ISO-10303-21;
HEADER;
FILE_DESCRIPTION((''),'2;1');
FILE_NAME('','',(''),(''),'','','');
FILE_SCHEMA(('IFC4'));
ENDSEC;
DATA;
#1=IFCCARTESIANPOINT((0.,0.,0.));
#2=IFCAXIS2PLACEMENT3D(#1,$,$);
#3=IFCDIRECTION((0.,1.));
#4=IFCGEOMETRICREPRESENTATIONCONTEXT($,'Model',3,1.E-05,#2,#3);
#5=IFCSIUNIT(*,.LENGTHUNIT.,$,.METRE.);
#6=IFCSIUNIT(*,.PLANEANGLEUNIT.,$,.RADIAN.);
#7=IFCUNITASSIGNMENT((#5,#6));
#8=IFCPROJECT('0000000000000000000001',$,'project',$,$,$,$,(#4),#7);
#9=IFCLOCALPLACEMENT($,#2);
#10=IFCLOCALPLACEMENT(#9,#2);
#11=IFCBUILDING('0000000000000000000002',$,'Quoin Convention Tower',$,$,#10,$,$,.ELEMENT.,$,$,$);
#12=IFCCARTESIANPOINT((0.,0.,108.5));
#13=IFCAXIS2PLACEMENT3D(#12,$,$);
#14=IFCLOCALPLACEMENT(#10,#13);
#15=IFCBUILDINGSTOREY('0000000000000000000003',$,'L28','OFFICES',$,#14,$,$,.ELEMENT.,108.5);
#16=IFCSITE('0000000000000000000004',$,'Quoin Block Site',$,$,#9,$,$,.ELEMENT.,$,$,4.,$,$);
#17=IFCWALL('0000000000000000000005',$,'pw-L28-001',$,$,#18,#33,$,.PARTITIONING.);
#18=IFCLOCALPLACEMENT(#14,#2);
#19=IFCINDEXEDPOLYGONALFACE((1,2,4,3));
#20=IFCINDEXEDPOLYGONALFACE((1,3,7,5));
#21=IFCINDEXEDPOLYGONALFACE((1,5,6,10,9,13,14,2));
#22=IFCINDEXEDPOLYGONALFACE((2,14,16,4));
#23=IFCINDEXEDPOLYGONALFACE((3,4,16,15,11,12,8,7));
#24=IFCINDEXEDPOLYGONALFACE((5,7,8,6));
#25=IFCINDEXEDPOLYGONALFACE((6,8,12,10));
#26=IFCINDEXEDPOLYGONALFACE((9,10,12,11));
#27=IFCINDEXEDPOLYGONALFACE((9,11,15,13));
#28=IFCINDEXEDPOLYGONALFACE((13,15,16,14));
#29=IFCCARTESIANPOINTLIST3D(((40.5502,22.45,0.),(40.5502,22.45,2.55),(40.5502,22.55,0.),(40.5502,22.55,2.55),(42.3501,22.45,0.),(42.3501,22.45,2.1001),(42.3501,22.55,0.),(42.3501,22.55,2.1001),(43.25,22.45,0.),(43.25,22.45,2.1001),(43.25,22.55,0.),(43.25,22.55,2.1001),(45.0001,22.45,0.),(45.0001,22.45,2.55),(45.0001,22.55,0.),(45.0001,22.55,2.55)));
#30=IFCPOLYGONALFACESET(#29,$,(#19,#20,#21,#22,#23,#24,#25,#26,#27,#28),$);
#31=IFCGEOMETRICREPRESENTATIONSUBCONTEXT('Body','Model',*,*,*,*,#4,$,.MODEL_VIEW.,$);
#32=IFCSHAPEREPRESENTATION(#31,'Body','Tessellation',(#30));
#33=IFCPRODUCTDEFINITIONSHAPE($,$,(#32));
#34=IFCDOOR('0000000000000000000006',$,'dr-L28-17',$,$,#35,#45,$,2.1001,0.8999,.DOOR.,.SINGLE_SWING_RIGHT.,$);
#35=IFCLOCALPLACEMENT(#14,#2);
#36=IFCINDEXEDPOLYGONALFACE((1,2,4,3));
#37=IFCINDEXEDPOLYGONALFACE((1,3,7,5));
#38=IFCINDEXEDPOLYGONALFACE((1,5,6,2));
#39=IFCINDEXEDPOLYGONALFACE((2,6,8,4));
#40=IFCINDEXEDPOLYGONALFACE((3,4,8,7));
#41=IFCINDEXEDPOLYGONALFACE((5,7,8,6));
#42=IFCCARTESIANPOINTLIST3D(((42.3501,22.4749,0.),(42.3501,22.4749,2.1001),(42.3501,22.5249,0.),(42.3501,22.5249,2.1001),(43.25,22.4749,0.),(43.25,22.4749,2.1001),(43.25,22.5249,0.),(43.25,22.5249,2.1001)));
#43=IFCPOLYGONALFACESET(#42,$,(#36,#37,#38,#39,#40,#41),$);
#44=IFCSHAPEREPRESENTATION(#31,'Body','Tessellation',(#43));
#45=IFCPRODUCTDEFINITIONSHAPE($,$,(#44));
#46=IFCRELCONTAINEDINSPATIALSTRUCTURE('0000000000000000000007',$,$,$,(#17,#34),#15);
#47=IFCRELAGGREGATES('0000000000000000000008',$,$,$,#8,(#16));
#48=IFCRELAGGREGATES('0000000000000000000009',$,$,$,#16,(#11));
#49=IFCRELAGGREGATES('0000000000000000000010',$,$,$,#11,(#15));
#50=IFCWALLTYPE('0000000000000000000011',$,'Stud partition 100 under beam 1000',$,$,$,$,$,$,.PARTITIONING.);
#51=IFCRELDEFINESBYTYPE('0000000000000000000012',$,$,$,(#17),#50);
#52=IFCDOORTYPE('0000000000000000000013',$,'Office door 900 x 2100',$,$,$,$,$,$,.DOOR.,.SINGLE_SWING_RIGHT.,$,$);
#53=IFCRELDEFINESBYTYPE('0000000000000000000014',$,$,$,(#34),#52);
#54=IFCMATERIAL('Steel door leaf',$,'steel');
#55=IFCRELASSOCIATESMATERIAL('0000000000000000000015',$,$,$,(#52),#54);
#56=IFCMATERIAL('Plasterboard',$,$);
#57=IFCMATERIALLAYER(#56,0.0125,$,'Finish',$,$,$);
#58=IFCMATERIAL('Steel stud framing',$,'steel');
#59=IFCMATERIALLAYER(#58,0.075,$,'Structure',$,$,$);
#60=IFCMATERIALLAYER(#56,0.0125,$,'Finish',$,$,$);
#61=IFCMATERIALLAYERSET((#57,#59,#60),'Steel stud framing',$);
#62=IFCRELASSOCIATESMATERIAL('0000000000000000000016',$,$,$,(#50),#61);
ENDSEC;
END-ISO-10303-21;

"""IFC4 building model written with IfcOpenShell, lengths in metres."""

from ifc_helpers import new_model, si_unit, direction, frame, frame_2d, origin, place, context, subcontext, project, spatial, rectangle, extrude, material, layer, layer_set, type_object, element, fill, save


model = new_model("IFC4")

# Units and contexts
model_context = context("Model", 3, precision=1e-05, world=origin(), true_north=direction((0.0, 1.0)))
body_context = subcontext(model_context, "Body", "Model", "MODEL_VIEW")
ifc_project = project(units=[si_unit("LENGTHUNIT", "METRE"), si_unit("PLANEANGLEUNIT", "RADIAN")], contexts=[model_context])

# Site, building, storey
site_placement = place(None, origin())
site = spatial("IfcSite", under=ifc_project, at=site_placement, Name="Quoin Block Site", CompositionType="ELEMENT", RefElevation=4.0)
building_placement = place(site_placement, origin())
building = spatial("IfcBuilding", under=site, at=building_placement, Name="Quoin Convention Tower", CompositionType="ELEMENT")
storey_placement = place(building_placement, frame((0.0, 0.0, 108.5)))
storey = spatial("IfcBuildingStorey", under=building, at=storey_placement, Name="L28", Description="OFFICES", CompositionType="ELEMENT", Elevation=108.5)

# Shared definitions
ifc_material_1 = material(Name="Plasterboard")
ifc_material_2 = material(Name="Steel stud framing", Category="steel")

# Shared definitions
ifc_material_3 = material(Name="Steel door leaf", Category="steel")
door_type = type_object("IfcDoorType", Name="Office door 900 x 2100", OperationType="SINGLE_SWING_RIGHT", PredefinedType="DOOR", material=ifc_material_3)

# Wall, opening, door
ifc_layer_1 = layer(ifc_material_1, 0.0125, Name="Finish")
ifc_layer_2 = layer(ifc_material_2, 0.075, Name="Structure")
ifc_layer_3 = layer(ifc_material_1, 0.0125, Name="Finish")
ifc_layer_set_1 = layer_set([ifc_layer_1, ifc_layer_2, ifc_layer_3], Name="Steel stud framing")
wall_type_1 = type_object("IfcWallType", Name="Stud partition 100 under beam 1000", PredefinedType="PARTITIONING", material=ifc_layer_set_1)
wall_1_placement = place(storey_placement, frame((40.55, 22.5, 0.0), z_axis=(0.0, 0.0, 1.0), x_axis=(1.0, 0.0, 0.0)))
wall_1 = element("IfcWall", 1, at=wall_1_placement, inside=storey, type_object=wall_type_1, Name="pw-L28-001", PredefinedType="PARTITIONING", context=body_context, shape_type="SweptSolid", body=[
    extrude(rectangle(XDim=4.45, YDim=0.1001, at=frame_2d((2.2251, 0.0))), origin(), (0.0, 0.0, 1.0), 2.55),
])
opening_1_placement = place(wall_1_placement, frame((1.8, 0.0, 0.0)))
opening_1 = element("IfcOpeningElement", 2, at=opening_1_placement, cuts=wall_1, PredefinedType="OPENING", context=body_context, shape_type="SweptSolid", body=[
    extrude(rectangle(XDim=0.8999, YDim=2.1001, at=frame_2d((0.45, 1.05))), frame((0.0, 0.0601, 0.0), z_axis=(0.0, -1.0, 0.0), x_axis=(1.0, 0.0, 0.0)), (0.0, 0.0, 1.0), 0.1201),
])
door_1_placement = place(opening_1_placement, origin())
door_1 = element("IfcDoor", 3, at=door_1_placement, inside=storey, type_object=door_type, Name="dr-L28-17", OperationType="SINGLE_SWING_RIGHT", OverallHeight=2.1001, OverallWidth=0.8999, PredefinedType="DOOR", context=body_context, shape_type="SweptSolid", body=[
    extrude(rectangle(XDim=0.8999, YDim=2.1001, at=frame_2d((0.45, 1.05))), frame((0.0, 0.0249, 0.0), z_axis=(0.0, -1.0, 0.0), x_axis=(1.0, 0.0, 0.0)), (0.0, 0.0, 1.0), 0.05),
])
fill(opening_1, door_1)

save(model, "model.ifc")
